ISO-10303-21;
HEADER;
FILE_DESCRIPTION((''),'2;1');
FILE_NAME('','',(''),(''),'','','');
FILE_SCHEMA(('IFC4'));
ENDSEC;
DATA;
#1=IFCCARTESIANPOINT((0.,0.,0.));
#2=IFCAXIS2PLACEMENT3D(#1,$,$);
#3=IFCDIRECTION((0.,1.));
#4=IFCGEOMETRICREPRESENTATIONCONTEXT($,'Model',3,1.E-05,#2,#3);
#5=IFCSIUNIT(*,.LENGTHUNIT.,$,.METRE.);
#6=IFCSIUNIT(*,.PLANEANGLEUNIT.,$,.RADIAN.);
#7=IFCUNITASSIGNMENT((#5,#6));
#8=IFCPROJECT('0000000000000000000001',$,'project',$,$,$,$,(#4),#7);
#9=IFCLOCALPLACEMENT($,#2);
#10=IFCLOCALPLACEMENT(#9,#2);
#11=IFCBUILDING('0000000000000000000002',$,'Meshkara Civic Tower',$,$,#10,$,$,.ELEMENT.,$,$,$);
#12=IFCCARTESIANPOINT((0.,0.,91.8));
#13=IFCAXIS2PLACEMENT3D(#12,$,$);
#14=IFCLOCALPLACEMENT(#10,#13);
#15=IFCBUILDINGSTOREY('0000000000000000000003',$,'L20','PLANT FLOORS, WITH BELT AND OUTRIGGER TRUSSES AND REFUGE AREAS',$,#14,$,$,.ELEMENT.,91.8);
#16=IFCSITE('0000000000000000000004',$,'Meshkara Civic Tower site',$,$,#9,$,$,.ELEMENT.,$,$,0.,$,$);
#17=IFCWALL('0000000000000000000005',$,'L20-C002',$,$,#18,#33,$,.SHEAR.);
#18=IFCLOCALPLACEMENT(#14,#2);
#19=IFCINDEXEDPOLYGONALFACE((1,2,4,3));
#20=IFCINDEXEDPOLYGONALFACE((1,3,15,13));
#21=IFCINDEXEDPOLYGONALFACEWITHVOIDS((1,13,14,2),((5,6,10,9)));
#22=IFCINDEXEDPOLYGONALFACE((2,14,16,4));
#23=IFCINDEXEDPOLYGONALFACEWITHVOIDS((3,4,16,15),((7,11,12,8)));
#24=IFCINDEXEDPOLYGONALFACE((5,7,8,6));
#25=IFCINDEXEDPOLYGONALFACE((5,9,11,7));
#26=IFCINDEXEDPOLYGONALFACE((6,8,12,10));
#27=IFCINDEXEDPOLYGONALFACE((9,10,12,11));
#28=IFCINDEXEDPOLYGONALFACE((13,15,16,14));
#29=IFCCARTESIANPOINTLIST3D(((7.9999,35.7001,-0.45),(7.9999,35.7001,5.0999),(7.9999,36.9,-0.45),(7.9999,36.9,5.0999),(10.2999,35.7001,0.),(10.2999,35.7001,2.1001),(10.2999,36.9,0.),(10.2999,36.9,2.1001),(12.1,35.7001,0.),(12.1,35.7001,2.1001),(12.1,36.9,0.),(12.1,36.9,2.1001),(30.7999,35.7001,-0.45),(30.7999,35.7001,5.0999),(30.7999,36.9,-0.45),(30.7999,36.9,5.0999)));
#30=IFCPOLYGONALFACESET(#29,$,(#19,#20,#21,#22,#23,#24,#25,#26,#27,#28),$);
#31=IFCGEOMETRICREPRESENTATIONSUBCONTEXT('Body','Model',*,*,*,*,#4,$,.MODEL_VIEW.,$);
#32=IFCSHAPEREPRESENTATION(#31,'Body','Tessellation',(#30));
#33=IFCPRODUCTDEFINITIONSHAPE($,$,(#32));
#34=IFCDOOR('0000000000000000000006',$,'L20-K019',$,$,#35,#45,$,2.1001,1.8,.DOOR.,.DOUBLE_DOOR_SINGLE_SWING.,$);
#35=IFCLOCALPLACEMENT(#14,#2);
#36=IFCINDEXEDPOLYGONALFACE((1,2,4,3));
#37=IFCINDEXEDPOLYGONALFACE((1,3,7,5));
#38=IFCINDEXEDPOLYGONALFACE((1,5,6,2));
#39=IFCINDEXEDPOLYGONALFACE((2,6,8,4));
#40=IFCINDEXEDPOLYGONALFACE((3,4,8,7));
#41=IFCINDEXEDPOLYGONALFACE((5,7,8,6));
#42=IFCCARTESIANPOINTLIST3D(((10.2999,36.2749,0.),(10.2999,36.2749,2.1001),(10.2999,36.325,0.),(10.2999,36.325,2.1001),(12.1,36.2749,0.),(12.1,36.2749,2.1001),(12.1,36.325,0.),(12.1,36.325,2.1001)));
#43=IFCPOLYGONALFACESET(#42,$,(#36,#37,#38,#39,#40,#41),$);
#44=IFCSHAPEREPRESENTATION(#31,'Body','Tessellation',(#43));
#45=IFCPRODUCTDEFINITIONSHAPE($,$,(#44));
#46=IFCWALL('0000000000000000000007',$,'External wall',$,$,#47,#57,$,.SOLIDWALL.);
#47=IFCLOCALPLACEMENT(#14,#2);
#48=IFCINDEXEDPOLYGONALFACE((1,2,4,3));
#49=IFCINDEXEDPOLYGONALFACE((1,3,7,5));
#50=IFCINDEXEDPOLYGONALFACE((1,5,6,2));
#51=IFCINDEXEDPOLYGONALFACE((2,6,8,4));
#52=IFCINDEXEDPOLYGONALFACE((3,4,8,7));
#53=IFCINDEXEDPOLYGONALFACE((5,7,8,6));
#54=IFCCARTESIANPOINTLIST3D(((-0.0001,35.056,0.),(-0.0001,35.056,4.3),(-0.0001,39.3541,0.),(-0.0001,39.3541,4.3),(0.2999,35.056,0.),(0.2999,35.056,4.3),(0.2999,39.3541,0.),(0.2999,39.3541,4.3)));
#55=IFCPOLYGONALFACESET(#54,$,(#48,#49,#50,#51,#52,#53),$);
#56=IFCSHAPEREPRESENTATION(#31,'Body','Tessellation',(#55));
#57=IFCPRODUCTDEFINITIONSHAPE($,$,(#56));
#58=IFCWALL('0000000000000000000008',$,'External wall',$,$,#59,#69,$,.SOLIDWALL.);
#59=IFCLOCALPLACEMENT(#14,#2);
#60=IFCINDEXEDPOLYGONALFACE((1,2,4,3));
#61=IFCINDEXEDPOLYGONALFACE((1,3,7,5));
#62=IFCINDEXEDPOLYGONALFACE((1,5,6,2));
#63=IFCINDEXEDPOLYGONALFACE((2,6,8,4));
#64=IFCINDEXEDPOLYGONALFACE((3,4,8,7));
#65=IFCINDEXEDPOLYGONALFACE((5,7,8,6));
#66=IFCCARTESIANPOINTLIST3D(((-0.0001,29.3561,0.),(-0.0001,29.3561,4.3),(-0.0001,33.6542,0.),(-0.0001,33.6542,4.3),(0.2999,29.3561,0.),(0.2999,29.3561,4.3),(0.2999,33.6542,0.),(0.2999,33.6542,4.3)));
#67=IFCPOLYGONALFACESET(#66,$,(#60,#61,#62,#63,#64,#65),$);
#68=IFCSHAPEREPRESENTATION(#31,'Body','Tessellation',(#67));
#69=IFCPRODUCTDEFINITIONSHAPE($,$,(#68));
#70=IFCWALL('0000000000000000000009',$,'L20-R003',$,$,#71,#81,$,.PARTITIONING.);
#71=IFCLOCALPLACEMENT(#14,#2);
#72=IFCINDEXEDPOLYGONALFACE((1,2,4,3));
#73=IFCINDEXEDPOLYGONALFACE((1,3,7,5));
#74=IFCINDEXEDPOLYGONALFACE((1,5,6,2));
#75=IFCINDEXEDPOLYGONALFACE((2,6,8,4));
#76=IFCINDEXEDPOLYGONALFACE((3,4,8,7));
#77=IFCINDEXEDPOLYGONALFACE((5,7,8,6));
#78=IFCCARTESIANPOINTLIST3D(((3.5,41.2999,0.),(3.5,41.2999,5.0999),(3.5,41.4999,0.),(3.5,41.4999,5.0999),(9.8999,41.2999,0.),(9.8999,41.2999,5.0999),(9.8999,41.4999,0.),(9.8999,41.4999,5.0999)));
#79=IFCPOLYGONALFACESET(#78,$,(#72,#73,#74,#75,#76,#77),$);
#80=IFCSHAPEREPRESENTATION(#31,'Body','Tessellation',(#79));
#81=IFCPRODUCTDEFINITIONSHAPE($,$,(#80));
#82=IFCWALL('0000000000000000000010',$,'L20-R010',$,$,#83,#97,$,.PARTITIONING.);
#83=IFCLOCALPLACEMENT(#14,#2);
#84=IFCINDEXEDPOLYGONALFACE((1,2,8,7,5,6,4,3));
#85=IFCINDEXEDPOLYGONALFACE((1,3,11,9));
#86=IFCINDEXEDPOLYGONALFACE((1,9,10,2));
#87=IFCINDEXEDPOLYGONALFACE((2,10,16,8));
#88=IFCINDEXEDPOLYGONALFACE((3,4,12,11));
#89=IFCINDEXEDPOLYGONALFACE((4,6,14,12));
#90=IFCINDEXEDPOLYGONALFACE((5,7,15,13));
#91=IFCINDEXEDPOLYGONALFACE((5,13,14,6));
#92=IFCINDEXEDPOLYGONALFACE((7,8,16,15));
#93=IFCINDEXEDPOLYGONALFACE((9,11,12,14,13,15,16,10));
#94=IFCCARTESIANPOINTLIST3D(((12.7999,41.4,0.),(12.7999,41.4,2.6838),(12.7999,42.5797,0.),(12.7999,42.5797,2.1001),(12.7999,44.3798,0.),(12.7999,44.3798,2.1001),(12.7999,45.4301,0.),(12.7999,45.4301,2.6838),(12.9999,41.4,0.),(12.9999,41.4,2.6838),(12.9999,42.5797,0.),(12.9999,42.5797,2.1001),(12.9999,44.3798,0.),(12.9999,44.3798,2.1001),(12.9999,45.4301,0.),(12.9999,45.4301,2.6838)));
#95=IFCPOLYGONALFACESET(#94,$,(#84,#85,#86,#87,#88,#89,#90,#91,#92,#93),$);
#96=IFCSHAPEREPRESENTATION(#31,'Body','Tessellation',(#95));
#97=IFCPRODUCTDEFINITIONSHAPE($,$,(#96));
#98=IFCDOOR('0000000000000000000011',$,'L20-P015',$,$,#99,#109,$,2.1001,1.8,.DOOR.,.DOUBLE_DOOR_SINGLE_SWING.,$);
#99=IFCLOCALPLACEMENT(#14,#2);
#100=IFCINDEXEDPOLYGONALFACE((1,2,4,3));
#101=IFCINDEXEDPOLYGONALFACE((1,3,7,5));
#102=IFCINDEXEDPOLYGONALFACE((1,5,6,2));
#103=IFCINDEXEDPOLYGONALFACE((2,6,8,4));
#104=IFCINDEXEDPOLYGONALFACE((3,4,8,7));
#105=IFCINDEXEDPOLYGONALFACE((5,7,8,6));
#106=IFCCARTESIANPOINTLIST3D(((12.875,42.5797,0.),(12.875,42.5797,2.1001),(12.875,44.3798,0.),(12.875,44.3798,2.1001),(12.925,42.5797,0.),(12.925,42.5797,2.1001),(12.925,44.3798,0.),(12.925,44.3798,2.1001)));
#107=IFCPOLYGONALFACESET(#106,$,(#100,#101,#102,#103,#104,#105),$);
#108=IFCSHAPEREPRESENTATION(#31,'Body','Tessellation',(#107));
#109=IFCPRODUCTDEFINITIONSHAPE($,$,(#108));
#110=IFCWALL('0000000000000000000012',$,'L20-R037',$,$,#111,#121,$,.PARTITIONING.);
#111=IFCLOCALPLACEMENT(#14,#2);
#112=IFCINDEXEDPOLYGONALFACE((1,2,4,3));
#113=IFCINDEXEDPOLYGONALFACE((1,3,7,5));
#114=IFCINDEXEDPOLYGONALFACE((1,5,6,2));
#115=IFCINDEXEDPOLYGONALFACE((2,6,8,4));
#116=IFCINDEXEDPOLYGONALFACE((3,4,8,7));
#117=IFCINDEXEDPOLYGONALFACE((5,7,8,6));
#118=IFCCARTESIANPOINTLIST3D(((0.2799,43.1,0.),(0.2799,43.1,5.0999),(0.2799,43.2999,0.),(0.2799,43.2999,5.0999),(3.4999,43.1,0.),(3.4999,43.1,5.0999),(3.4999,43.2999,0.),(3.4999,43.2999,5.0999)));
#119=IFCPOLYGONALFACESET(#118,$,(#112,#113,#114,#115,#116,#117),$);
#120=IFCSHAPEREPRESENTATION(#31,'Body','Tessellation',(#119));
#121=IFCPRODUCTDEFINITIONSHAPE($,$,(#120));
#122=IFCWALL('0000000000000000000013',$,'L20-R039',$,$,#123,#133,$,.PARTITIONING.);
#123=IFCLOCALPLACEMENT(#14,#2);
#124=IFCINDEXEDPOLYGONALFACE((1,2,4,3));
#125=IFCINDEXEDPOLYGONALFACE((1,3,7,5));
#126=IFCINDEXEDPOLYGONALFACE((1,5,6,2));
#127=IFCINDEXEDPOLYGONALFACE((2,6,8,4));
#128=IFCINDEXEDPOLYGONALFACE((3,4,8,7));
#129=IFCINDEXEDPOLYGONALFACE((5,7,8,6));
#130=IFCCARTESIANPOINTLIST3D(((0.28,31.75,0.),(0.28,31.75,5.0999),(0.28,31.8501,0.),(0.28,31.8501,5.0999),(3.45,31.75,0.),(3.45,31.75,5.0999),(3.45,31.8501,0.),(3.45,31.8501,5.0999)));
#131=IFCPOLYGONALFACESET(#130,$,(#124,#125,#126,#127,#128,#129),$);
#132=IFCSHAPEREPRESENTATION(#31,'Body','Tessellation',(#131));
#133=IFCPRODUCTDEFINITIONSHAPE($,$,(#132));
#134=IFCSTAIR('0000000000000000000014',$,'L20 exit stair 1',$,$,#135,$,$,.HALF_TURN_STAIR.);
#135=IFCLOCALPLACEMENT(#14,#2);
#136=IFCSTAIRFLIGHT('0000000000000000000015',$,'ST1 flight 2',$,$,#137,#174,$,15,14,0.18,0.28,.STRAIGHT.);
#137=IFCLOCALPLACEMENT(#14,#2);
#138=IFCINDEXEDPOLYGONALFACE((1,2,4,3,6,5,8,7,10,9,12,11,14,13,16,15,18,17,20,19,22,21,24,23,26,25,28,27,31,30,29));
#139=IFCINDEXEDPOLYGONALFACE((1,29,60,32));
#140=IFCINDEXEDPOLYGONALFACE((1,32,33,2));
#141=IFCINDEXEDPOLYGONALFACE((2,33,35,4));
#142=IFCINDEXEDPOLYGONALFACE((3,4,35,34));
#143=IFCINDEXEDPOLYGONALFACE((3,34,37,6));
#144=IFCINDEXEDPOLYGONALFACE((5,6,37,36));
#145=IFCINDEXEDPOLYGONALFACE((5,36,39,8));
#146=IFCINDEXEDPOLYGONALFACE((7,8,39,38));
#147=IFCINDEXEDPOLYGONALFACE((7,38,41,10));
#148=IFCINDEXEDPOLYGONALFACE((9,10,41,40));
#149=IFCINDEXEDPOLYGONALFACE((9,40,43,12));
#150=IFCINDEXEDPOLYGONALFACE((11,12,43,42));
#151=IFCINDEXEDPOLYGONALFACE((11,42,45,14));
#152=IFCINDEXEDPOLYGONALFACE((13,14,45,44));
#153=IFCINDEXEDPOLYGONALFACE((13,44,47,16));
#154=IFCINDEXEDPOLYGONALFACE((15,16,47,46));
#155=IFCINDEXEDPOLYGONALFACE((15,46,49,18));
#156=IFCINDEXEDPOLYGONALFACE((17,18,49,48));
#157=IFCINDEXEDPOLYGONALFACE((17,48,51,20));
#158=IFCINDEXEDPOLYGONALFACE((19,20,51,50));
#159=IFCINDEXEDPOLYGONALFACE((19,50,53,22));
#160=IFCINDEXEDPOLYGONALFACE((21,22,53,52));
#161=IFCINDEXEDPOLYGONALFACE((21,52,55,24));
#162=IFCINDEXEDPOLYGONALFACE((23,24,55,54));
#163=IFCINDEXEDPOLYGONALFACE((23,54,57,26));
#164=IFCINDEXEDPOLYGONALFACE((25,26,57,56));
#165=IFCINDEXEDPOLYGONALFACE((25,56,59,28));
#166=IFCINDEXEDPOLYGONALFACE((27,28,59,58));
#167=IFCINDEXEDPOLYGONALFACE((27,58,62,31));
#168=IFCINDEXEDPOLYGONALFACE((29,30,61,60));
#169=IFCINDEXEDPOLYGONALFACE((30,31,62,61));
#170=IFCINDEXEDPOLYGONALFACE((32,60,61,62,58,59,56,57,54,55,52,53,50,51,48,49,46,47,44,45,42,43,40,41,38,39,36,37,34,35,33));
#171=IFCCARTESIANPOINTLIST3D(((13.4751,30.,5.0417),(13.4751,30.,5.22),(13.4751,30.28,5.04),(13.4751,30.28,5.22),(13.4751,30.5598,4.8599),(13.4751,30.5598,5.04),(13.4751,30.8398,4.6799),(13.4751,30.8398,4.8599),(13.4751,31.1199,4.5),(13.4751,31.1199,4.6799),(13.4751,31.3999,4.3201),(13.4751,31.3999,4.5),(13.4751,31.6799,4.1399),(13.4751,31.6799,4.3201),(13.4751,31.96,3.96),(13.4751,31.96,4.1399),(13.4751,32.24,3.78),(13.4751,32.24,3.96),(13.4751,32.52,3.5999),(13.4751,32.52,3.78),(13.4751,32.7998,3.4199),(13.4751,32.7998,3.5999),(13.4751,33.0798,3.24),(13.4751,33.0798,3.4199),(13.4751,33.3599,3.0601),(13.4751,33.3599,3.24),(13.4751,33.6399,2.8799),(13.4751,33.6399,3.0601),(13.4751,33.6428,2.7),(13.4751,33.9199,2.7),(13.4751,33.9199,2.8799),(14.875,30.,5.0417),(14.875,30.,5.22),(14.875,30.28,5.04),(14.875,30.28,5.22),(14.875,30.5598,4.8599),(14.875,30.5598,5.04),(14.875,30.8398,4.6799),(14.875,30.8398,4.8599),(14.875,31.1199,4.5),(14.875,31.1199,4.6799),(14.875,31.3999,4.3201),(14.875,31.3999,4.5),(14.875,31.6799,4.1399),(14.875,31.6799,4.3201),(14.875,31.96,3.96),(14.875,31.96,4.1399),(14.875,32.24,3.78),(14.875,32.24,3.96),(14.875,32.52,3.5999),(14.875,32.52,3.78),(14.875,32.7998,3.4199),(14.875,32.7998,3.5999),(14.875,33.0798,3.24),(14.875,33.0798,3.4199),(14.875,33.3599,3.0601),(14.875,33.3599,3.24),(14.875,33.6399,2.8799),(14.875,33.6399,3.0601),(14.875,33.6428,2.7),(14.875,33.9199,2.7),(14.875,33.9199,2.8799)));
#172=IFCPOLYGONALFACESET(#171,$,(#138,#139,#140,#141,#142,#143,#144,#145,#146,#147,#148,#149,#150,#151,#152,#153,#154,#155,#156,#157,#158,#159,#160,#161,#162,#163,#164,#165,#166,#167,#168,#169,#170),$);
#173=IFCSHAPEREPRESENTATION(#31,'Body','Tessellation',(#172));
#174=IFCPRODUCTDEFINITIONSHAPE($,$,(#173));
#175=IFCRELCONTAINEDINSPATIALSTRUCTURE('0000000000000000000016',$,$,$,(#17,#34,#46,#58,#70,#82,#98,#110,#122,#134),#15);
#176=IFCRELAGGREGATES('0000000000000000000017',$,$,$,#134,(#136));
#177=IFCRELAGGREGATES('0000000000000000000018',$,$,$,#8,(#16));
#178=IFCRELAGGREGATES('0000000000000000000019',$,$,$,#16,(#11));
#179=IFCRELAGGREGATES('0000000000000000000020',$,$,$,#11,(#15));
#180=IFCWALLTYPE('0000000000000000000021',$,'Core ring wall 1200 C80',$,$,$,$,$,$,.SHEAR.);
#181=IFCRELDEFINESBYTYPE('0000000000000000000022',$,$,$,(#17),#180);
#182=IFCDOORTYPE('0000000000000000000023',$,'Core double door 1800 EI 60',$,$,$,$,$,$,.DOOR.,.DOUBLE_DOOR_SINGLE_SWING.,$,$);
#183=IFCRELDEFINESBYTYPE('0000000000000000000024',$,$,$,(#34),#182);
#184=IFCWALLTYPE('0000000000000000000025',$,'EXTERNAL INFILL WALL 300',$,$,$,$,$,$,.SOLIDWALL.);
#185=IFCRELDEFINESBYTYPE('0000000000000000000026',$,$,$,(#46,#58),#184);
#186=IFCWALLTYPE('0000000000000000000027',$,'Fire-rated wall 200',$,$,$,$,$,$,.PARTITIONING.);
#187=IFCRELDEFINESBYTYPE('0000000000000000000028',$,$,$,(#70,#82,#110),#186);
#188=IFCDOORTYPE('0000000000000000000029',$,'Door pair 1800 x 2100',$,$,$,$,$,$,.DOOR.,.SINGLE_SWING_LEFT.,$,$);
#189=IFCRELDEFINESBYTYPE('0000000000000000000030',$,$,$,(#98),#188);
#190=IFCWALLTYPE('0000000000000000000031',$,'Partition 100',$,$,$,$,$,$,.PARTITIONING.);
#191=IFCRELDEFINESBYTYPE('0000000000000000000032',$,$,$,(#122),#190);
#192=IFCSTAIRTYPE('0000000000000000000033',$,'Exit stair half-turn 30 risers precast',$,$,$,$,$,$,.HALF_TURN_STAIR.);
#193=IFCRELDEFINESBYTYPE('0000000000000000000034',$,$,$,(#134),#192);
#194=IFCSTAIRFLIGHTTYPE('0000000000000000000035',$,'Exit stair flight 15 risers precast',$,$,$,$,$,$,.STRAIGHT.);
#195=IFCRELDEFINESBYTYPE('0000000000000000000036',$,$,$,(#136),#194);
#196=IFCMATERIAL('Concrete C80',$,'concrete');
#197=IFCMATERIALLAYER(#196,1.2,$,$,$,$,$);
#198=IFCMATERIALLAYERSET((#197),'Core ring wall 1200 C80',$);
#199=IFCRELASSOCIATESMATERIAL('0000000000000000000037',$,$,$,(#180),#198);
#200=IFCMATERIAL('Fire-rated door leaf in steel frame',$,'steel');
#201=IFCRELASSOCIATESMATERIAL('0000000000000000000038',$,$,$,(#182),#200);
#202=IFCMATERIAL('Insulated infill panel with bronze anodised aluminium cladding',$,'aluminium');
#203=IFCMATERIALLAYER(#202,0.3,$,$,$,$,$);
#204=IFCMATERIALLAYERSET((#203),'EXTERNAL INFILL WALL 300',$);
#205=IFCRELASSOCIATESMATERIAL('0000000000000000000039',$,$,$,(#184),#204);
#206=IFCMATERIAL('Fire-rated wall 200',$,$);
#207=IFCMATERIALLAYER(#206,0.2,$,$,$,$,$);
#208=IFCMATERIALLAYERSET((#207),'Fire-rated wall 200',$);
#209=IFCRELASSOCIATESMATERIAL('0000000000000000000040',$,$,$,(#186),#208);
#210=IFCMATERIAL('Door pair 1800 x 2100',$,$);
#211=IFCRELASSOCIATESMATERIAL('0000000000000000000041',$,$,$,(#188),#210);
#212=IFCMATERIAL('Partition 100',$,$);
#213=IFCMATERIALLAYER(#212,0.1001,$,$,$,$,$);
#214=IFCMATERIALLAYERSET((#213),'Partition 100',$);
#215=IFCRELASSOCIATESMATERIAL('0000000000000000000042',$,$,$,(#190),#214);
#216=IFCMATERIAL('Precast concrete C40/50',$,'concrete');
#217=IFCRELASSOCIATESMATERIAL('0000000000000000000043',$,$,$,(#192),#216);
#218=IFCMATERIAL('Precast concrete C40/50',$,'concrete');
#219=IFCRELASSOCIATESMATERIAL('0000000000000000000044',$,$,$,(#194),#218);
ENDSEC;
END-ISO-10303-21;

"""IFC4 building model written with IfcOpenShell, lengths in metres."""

from ifc_helpers import new_model, si_unit, direction, frame, frame_2d, origin, place, context, subcontext, project, spatial, polyline, rectangle, outline, extrude, material, layer, layer_set, type_object, element, fill, aggregate, save


model = new_model("IFC4")

# Units and contexts
model_context = context("Model", 3, precision=1e-05, world=origin(), true_north=direction((0.0, 1.0)))
body_context = subcontext(model_context, "Body", "Model", "MODEL_VIEW")
ifc_project = project(units=[si_unit("LENGTHUNIT", "METRE"), si_unit("PLANEANGLEUNIT", "RADIAN")], contexts=[model_context])

# Site, building, storey
site_placement = place(None, origin())
site = spatial("IfcSite", under=ifc_project, at=site_placement, Name="Meshkara Civic Tower site", CompositionType="ELEMENT", RefElevation=0.0)
building_placement = place(site_placement, origin())
building = spatial("IfcBuilding", under=site, at=building_placement, Name="Meshkara Civic Tower", CompositionType="ELEMENT")
storey_placement = place(building_placement, frame((0.0, 0.0, 91.8)))
storey = spatial("IfcBuildingStorey", under=building, at=storey_placement, Name="L20", Description="PLANT FLOORS, WITH BELT AND OUTRIGGER TRUSSES AND REFUGE AREAS", CompositionType="ELEMENT", Elevation=91.8)

# Wall, opening, door
ifc_material_1 = material(Name="Concrete C80", Category="concrete")
ifc_layer_1 = layer(ifc_material_1, 1.2)
ifc_layer_set_1 = layer_set([ifc_layer_1], Name="Core ring wall 1200 C80")
wall_type_1 = type_object("IfcWallType", Name="Core ring wall 1200 C80", PredefinedType="SHEAR", material=ifc_layer_set_1)
wall_1_placement = place(storey_placement, frame((8.0, 36.3, -0.45), z_axis=(0.0, 0.0, 1.0), x_axis=(1.0, 0.0, 0.0)))
wall_1 = element("IfcWall", 1, at=wall_1_placement, inside=storey, type_object=wall_type_1, Name="L20-C002", PredefinedType="SHEAR", context=body_context, shape_type="SweptSolid", body=[
    extrude(rectangle(XDim=22.8, YDim=1.2, at=frame_2d((11.3999, 0.0))), origin(), (0.0, 0.0, 1.0), 5.5498),
])
opening_1_placement = place(wall_1_placement, frame((2.3, 0.0, 0.45)))
opening_1 = element("IfcOpeningElement", 2, at=opening_1_placement, cuts=wall_1, PredefinedType="OPENING", context=body_context, shape_type="SweptSolid", body=[
    extrude(rectangle(XDim=1.8, YDim=2.1001, at=frame_2d((0.8999, 1.05))), frame((0.0, 0.6099, 0.0), z_axis=(0.0, -1.0, 0.0), x_axis=(1.0, 0.0, 0.0)), (0.0, 0.0, 1.0), 1.22),
])
ifc_material_2 = material(Name="Fire-rated door leaf in steel frame", Category="steel")
door_type_1 = type_object("IfcDoorType", Name="Core double door 1800 EI 60", OperationType="DOUBLE_DOOR_SINGLE_SWING", PredefinedType="DOOR", material=ifc_material_2)
door_1_placement = place(opening_1_placement, origin())
door_1 = element("IfcDoor", 3, at=door_1_placement, inside=storey, type_object=door_type_1, Name="L20-K019", OperationType="DOUBLE_DOOR_SINGLE_SWING", OverallHeight=2.1001, OverallWidth=1.8, PredefinedType="DOOR", context=body_context, shape_type="SweptSolid", body=[
    extrude(rectangle(XDim=1.8, YDim=2.1001, at=frame_2d((0.8999, 1.05))), frame((0.0, 0.0249, 0.0), z_axis=(0.0, -1.0, 0.0), x_axis=(1.0, 0.0, 0.0)), (0.0, 0.0, 1.0), 0.05),
])
fill(opening_1, door_1)

# Walls
ifc_material_3 = material(Name="Insulated infill panel with bronze anodised aluminium cladding", Category="aluminium")
ifc_layer_2 = layer(ifc_material_3, 0.3)
ifc_layer_set_2 = layer_set([ifc_layer_2], Name="EXTERNAL INFILL WALL 300")
wall_type_2 = type_object("IfcWallType", Name="EXTERNAL INFILL WALL 300", PredefinedType="SOLIDWALL", material=ifc_layer_set_2)
for number, where, z_axis, x_axis, name in (
    (4, (0.1499, 39.354, 0.0), (0.0, 0.0, 1.0), (0.0, -1.0, 0.0), "External wall"),
    (5, (0.1499, 33.6541, 0.0), (0.0, 0.0, 1.0), (0.0, -1.0, 0.0), "External wall"),
):
    element("IfcWall", number, at=place(storey_placement, frame(where, z_axis=z_axis, x_axis=x_axis)), inside=storey, type_object=wall_type_2, Name=name, PredefinedType="SOLIDWALL", context=body_context, shape_type="SweptSolid", body=[
        extrude(rectangle(XDim=4.2981, YDim=0.3, at=frame_2d((2.1489, 0.0))), origin(), (0.0, 0.0, 1.0), 4.3),
    ])
ifc_material_4 = material(Name="Fire-rated wall 200")
ifc_layer_3 = layer(ifc_material_4, 0.2)
ifc_layer_set_3 = layer_set([ifc_layer_3], Name="Fire-rated wall 200")
wall_type_3 = type_object("IfcWallType", Name="Fire-rated wall 200", PredefinedType="PARTITIONING", material=ifc_layer_set_3)
wall_2_placement = place(storey_placement, frame((9.8999, 41.3999, 0.0), z_axis=(0.0, 0.0, 1.0), x_axis=(-1.0, 0.0, 0.0)))
element("IfcWall", 6, at=wall_2_placement, inside=storey, type_object=wall_type_3, Name="L20-R003", PredefinedType="PARTITIONING", context=body_context, shape_type="SweptSolid", body=[
    extrude(rectangle(XDim=6.3999, YDim=0.2, at=frame_2d((3.2, 0.0))), origin(), (0.0, 0.0, 1.0), 5.0999),
])

# Wall, opening, door
wall_3_placement = place(storey_placement, frame((12.8999, 41.3999, 0.0), z_axis=(0.0, 0.0, 1.0), x_axis=(0.0, 1.0, 0.0)))
wall_3 = element("IfcWall", 7, at=wall_3_placement, inside=storey, type_object=wall_type_3, Name="L20-R010", PredefinedType="PARTITIONING", context=body_context, shape_type="SweptSolid", body=[
    extrude(rectangle(XDim=4.03, YDim=0.2, at=frame_2d((2.0151, 0.0))), origin(), (0.0, 0.0, 1.0), 2.6838),
])
opening_2_placement = place(wall_3_placement, frame((1.1799, 0.0, 0.0)))
opening_2 = element("IfcOpeningElement", 8, at=opening_2_placement, cuts=wall_3, PredefinedType="OPENING", context=body_context, shape_type="SweptSolid", body=[
    extrude(rectangle(XDim=1.8, YDim=2.1001, at=frame_2d((0.8999, 1.05))), frame((0.0, 0.1099, 0.0), z_axis=(0.0, -1.0, 0.0), x_axis=(1.0, 0.0, 0.0)), (0.0, 0.0, 1.0), 0.22),
])
ifc_material_5 = material(Name="Door pair 1800 x 2100")
door_type_2 = type_object("IfcDoorType", Name="Door pair 1800 x 2100", OperationType="SINGLE_SWING_LEFT", PredefinedType="DOOR", material=ifc_material_5)
door_2_placement = place(opening_2_placement, origin())
door_2 = element("IfcDoor", 9, at=door_2_placement, inside=storey, type_object=door_type_2, Name="L20-P015", OperationType="DOUBLE_DOOR_SINGLE_SWING", OverallHeight=2.1001, OverallWidth=1.8, PredefinedType="DOOR", context=body_context, shape_type="SweptSolid", body=[
    extrude(rectangle(XDim=1.8, YDim=2.1001, at=frame_2d((0.8999, 1.05))), frame((0.0, 0.0249, 0.0), z_axis=(0.0, -1.0, 0.0), x_axis=(1.0, 0.0, 0.0)), (0.0, 0.0, 1.0), 0.05),
])
fill(opening_2, door_2)

# Walls
wall_4_placement = place(storey_placement, frame((0.28, 43.2, 0.0), z_axis=(0.0, 0.0, 1.0), x_axis=(1.0, 0.0, 0.0)))
element("IfcWall", 10, at=wall_4_placement, inside=storey, type_object=wall_type_3, Name="L20-R037", PredefinedType="PARTITIONING", context=body_context, shape_type="SweptSolid", body=[
    extrude(rectangle(XDim=3.22, YDim=0.2, at=frame_2d((1.6099, 0.0))), origin(), (0.0, 0.0, 1.0), 5.0999),
])
ifc_material_6 = material(Name="Partition 100")
ifc_layer_4 = layer(ifc_material_6, 0.1001)
ifc_layer_set_4 = layer_set([ifc_layer_4], Name="Partition 100")
wall_type_4 = type_object("IfcWallType", Name="Partition 100", PredefinedType="PARTITIONING", material=ifc_layer_set_4)
wall_5_placement = place(storey_placement, frame((3.45, 31.8, 0.0), z_axis=(0.0, 0.0, 1.0), x_axis=(-1.0, 0.0, 0.0)))
element("IfcWall", 11, at=wall_5_placement, inside=storey, type_object=wall_type_4, Name="L20-R039", PredefinedType="PARTITIONING", context=body_context, shape_type="SweptSolid", body=[
    extrude(rectangle(XDim=3.1699, YDim=0.1001, at=frame_2d((1.585, 0.0))), origin(), (0.0, 0.0, 1.0), 5.0999),
])

# Stair, stair flight
ifc_material_7 = material(Name="Precast concrete C40/50", Category="concrete")
stair_type = type_object("IfcStairType", Name="Exit stair half-turn 30 risers precast", PredefinedType="HALF_TURN_STAIR", material=ifc_material_7)
stair_placement = place(storey_placement, origin())
stair = element("IfcStair", 12, at=stair_placement, inside=storey, type_object=stair_type, Name="L20 exit stair 1", PredefinedType="HALF_TURN_STAIR")
ifc_material_8 = material(Name="Precast concrete C40/50", Category="concrete")
stair_flight_type = type_object("IfcStairFlightType", Name="Exit stair flight 15 risers precast", PredefinedType="STRAIGHT", material=ifc_material_8)
stair_flight_placement = place(storey_placement, frame((14.175, 33.9199, 2.7), z_axis=(0.0, 0.0, 1.0), x_axis=(0.0, -1.0, 0.0)))
stair_flight = element("IfcStairFlight", 13, at=stair_flight_placement, type_object=stair_flight_type, Name="ST1 flight 2", NumberOfRisers=15, NumberOfTreads=14, PredefinedType="STRAIGHT", RiserHeight=0.18, TreadLength=0.28, context=body_context, shape_type="SweptSolid", body=[
    extrude(outline(polyline([(0.0, 0.0), (0.0, 0.1799), (0.28, 0.1799), (0.28, 0.3601), (0.5601, 0.3601), (0.5601, 0.54), (0.8401, 0.54), (0.8401, 0.72), (1.1201, 0.72), (1.1201, 0.8999), (1.3999, 0.8999), (1.3999, 1.0801), (1.6799, 1.0801), (1.6799, 1.26), (1.96, 1.26), (1.96, 1.4399), (2.24, 1.4399), (2.24, 1.6201), (2.52, 1.6201), (2.52, 1.8), (2.8, 1.8), (2.8, 1.98), (3.0801, 1.98), (3.0801, 2.1599), (3.3601, 2.1599), (3.3601, 2.3401), (3.6399, 2.3401), (3.6399, 2.52), (3.9199, 2.52), (3.9199, 2.7), (3.9199, 2.3418), (0.2771, 0.0), (0.0, 0.0)])), frame((0.0, 0.7, 0.0), z_axis=(0.0, -1.0, 0.0), x_axis=(1.0, 0.0, 0.0)), (0.0, 0.0, 1.0), 1.3999),
])
aggregate(stair, [stair_flight])

save(model, "model.ifc")
